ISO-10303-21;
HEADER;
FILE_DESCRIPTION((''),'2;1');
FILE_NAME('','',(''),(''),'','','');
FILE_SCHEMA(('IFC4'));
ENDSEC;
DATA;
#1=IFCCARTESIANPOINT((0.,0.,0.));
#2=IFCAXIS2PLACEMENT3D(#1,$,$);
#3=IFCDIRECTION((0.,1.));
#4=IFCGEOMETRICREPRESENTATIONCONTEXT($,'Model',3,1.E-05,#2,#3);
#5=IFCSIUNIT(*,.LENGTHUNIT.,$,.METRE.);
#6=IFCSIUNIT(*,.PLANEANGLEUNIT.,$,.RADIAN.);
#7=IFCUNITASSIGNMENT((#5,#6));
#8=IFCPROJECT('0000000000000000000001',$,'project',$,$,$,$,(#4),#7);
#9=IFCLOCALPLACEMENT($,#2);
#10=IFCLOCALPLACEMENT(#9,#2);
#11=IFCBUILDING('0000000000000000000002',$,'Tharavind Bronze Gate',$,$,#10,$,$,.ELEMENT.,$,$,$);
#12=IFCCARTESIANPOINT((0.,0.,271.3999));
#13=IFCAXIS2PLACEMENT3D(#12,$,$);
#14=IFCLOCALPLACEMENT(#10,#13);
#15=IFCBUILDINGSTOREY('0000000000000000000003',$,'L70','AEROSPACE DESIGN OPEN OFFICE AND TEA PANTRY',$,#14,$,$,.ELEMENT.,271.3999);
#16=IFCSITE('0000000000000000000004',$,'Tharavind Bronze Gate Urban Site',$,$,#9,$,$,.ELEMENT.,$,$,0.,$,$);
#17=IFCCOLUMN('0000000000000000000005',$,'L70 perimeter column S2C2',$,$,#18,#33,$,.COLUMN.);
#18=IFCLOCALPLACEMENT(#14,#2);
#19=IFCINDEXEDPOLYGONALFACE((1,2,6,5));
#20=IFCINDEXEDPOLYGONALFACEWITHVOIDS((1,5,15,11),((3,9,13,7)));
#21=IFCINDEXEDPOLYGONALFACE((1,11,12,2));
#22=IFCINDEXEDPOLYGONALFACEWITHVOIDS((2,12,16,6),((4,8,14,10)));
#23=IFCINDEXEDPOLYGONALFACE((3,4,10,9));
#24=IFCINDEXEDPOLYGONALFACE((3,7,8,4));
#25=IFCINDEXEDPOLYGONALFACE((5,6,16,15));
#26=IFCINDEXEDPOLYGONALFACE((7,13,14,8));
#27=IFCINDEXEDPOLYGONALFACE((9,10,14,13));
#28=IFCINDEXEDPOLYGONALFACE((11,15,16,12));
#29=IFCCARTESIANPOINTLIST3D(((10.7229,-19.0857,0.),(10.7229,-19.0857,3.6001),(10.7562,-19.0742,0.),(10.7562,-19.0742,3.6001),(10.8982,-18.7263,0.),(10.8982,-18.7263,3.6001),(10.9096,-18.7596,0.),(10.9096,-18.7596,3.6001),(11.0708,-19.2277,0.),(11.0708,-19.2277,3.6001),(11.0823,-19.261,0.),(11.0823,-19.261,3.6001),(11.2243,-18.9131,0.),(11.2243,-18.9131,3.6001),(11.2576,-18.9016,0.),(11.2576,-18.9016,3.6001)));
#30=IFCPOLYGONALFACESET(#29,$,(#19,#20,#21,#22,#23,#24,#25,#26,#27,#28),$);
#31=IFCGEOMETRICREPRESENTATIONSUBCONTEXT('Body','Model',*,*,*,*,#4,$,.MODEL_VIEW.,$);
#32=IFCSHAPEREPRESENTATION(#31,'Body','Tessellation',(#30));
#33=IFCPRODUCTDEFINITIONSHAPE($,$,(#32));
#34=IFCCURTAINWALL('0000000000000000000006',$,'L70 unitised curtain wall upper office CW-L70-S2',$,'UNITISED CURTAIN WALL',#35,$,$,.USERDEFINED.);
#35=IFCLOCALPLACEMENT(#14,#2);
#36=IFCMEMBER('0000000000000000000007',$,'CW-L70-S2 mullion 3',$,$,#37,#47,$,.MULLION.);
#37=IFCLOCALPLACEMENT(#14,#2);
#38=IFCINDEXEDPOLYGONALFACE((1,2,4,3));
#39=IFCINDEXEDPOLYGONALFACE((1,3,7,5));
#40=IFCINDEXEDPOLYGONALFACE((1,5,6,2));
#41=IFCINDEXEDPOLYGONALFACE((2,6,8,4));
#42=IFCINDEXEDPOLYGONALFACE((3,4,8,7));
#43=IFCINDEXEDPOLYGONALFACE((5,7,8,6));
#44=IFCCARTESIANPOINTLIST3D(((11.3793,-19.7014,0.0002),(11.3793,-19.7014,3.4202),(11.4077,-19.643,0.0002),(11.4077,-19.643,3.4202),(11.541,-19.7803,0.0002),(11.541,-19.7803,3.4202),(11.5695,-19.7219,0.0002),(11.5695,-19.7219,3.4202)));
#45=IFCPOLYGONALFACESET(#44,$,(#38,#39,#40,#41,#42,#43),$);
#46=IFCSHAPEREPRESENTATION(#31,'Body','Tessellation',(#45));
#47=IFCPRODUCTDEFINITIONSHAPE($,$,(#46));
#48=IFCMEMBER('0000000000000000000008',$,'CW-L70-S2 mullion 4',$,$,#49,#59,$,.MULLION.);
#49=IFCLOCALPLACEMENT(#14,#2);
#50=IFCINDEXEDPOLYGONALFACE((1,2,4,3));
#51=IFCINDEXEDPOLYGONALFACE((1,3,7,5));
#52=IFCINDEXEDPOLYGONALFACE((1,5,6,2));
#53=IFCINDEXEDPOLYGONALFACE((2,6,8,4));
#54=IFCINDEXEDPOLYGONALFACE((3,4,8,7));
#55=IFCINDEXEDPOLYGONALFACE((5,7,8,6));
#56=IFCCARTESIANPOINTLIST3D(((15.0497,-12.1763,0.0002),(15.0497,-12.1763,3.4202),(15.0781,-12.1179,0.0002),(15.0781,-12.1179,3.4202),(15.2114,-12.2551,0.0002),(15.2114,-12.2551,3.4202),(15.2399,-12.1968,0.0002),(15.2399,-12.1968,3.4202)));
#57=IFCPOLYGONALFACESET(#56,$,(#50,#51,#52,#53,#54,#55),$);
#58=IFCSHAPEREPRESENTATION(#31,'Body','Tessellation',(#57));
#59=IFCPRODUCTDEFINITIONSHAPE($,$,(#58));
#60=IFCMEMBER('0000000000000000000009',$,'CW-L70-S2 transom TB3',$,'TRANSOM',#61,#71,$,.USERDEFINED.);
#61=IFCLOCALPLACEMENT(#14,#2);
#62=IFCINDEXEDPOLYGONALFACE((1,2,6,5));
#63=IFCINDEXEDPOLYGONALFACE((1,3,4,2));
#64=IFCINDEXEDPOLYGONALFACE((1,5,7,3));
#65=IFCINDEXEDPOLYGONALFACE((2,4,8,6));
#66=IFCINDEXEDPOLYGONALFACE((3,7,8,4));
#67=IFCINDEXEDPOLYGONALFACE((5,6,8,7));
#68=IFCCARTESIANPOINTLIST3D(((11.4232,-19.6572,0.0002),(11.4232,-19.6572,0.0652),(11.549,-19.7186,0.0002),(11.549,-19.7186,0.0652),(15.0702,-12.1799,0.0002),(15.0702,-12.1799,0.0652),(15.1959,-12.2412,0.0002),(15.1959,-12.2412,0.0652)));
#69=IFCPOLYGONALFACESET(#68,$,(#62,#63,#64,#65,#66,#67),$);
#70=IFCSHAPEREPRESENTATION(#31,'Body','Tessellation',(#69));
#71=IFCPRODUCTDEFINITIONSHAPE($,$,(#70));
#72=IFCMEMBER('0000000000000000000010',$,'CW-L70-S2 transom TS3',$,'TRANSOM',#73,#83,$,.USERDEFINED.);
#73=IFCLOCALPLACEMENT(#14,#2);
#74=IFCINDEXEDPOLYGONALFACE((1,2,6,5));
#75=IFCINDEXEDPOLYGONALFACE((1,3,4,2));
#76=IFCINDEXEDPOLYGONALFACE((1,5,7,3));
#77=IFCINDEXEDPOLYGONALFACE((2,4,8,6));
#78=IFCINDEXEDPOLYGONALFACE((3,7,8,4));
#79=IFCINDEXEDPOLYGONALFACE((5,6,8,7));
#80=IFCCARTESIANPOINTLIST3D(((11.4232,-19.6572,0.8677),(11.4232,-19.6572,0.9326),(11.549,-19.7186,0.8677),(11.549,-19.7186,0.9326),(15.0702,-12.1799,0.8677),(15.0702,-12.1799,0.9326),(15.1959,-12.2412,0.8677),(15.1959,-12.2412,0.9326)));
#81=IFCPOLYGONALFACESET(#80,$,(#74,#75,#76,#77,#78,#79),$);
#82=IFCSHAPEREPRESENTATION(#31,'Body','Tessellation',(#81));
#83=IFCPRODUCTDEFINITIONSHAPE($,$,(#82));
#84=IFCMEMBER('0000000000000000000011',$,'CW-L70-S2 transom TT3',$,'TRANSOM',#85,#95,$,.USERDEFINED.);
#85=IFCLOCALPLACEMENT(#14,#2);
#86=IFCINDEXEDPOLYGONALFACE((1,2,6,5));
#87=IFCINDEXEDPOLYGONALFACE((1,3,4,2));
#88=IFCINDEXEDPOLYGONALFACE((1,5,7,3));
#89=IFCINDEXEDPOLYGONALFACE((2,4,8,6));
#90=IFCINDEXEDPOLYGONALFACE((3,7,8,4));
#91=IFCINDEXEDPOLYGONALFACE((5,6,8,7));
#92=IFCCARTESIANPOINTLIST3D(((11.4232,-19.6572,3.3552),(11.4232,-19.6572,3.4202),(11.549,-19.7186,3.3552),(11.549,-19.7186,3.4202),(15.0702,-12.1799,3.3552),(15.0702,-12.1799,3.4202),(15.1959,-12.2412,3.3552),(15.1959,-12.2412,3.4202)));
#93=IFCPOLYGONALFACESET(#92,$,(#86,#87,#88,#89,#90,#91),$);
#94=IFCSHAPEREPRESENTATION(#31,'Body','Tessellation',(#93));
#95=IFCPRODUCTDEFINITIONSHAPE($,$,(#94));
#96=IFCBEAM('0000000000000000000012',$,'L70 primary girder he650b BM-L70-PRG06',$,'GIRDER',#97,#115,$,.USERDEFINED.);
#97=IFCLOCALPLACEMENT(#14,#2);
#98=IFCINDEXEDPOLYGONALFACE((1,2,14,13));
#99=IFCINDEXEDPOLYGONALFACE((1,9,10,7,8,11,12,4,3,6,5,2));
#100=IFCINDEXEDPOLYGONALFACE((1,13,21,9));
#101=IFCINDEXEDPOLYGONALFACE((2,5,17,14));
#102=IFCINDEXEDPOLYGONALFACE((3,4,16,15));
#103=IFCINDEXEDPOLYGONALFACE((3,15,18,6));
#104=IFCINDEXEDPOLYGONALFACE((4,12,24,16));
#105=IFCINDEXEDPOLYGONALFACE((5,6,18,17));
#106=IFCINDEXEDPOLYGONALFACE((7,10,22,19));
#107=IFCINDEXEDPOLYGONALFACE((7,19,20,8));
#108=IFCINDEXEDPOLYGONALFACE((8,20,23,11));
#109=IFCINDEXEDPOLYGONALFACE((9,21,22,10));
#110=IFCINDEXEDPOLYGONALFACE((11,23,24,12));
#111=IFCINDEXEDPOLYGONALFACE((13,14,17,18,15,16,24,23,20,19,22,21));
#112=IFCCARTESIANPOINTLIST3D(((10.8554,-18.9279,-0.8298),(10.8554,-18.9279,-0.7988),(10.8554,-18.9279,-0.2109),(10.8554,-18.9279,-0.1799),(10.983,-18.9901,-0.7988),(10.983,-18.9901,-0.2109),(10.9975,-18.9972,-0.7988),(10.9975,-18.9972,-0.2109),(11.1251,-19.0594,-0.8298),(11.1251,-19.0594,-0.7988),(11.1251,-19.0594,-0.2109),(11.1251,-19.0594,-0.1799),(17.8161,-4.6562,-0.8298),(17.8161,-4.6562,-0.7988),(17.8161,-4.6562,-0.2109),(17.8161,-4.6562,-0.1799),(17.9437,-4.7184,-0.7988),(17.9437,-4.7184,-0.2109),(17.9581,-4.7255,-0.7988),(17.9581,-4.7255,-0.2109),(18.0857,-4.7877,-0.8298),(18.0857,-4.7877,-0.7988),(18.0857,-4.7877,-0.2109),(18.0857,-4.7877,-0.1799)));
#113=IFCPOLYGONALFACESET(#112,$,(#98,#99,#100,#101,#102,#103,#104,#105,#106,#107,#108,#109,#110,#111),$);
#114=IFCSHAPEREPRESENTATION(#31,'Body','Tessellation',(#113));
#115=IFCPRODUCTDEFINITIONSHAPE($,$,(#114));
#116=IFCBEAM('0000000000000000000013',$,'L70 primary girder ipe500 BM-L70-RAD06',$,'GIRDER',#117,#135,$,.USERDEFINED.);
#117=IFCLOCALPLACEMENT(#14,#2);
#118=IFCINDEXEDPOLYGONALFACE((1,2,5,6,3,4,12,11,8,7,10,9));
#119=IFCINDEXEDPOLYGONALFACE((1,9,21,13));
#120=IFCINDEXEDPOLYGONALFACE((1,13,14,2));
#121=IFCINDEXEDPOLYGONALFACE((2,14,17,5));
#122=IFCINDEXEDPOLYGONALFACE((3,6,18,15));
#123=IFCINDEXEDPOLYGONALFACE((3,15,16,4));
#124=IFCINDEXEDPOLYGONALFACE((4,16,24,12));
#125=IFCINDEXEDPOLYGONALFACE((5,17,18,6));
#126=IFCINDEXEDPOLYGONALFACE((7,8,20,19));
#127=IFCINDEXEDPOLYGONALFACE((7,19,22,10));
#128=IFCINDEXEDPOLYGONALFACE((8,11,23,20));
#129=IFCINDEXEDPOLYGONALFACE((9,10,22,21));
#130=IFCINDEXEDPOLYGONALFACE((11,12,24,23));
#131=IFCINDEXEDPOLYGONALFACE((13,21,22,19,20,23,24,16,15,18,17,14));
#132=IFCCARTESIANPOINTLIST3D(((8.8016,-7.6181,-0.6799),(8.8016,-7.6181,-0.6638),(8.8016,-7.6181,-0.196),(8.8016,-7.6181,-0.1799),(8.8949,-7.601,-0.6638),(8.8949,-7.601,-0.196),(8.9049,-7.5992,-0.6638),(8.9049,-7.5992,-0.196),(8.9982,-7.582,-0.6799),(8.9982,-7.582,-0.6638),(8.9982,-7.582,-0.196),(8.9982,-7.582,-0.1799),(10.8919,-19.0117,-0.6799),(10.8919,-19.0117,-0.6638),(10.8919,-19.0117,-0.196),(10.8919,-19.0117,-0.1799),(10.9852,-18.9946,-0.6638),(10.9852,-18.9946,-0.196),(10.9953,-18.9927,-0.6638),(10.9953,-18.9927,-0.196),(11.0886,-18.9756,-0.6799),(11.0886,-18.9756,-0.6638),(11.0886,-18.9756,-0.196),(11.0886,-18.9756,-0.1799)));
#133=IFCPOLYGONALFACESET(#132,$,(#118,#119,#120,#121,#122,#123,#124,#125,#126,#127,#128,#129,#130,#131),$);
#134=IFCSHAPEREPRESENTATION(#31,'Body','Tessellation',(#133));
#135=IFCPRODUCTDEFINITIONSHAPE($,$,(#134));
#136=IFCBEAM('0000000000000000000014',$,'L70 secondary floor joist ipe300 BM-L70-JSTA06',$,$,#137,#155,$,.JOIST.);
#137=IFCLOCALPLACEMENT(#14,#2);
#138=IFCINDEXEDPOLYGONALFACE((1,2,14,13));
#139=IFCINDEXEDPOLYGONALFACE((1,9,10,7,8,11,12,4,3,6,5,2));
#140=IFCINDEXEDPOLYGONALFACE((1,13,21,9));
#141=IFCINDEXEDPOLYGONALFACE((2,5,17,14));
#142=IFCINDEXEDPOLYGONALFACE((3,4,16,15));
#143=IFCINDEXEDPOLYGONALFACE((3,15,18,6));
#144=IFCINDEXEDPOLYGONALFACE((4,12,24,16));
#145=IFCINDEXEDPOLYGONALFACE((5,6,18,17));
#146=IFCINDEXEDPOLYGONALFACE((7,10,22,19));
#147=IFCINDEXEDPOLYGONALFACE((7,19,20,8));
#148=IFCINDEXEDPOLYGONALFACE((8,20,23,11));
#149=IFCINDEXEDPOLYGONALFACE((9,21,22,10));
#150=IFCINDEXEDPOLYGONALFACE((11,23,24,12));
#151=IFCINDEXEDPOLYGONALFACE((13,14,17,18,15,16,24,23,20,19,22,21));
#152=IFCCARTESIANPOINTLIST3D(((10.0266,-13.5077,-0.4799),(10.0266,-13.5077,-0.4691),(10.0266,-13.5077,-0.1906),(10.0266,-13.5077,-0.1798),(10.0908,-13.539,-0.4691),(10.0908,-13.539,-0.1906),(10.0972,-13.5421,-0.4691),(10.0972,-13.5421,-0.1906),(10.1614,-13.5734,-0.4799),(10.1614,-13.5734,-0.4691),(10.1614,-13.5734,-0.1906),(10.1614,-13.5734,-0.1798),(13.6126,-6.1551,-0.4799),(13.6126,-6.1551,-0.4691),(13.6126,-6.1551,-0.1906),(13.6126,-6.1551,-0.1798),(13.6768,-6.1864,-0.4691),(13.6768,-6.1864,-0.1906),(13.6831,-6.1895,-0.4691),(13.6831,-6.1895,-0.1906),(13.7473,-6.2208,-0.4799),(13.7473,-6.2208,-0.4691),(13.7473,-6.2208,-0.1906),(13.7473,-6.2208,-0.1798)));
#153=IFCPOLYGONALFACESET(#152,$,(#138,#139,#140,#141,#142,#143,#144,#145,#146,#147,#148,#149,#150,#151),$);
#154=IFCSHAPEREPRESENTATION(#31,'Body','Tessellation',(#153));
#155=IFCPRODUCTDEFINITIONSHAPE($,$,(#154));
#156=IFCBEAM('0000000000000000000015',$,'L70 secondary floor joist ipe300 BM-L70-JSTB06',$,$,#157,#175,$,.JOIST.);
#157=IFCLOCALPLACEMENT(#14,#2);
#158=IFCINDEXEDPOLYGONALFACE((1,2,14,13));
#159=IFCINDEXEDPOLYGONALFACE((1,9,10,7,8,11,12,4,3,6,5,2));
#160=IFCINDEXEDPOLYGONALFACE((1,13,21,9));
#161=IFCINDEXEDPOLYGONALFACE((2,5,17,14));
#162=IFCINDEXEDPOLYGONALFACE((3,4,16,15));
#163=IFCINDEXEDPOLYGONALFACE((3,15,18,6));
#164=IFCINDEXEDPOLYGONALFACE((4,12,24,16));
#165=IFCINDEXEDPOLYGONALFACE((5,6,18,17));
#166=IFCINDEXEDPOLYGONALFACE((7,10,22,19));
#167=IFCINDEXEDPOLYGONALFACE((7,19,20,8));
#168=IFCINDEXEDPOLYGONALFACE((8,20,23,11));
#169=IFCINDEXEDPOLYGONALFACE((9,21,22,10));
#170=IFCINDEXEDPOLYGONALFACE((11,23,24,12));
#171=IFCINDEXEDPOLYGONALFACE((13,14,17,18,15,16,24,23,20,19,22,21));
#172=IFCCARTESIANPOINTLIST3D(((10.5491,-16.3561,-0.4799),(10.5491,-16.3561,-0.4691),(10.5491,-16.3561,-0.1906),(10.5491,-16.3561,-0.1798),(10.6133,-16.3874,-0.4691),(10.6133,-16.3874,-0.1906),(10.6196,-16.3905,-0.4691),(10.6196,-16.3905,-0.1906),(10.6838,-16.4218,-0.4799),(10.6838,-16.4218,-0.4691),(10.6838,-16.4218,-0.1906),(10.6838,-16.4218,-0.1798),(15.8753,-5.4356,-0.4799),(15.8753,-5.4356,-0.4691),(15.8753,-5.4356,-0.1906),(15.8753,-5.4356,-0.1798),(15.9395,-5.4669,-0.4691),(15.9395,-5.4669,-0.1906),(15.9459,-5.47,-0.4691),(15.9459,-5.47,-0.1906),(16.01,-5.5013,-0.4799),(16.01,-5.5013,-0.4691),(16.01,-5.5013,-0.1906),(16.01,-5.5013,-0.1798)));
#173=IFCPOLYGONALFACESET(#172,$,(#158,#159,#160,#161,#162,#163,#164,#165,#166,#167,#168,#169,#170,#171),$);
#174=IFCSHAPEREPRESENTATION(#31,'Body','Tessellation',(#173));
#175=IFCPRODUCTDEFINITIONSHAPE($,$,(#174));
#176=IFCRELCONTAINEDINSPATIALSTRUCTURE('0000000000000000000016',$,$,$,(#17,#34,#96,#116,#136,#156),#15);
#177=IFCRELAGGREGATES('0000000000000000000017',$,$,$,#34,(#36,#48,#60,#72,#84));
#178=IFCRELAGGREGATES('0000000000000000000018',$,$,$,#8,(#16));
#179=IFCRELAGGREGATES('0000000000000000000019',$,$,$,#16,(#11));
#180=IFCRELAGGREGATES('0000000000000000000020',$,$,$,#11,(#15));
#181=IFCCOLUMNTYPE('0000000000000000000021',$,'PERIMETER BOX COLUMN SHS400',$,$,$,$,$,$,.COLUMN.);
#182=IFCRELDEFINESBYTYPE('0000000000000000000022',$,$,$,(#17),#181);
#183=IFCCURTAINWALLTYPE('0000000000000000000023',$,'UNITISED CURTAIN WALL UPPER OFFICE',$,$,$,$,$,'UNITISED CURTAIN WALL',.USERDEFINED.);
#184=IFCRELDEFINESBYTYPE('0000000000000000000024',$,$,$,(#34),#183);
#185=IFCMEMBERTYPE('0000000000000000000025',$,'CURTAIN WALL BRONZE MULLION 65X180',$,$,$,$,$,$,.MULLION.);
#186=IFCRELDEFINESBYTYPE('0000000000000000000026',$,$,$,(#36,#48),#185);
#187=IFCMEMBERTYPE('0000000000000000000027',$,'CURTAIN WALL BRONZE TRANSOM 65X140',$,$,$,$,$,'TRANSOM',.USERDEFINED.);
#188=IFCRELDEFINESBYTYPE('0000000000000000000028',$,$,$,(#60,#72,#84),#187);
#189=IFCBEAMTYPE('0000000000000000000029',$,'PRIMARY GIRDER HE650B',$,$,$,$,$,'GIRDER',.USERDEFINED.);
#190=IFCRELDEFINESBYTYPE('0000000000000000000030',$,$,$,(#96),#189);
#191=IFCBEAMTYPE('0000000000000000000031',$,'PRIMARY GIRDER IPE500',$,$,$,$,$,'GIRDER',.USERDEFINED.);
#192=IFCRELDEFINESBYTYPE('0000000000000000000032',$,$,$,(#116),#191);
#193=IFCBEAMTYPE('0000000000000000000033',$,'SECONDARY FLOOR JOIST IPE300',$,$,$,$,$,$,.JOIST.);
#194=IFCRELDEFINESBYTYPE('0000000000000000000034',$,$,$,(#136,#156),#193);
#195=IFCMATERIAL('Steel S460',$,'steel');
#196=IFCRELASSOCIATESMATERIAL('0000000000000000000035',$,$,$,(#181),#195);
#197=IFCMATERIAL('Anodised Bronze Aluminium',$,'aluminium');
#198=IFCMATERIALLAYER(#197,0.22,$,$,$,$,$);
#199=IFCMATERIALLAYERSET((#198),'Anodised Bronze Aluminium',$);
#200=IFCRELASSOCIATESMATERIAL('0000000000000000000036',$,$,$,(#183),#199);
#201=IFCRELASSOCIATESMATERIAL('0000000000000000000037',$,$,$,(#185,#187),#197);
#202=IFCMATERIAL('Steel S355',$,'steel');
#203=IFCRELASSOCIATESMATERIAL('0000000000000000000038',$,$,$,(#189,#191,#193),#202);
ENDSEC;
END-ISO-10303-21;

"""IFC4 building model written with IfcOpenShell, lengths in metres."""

from ifc_helpers import new_model, si_unit, direction, frame, origin, origin_2d, place, context, subcontext, project, spatial, rectangle, hollow_rectangle, i_section, extrude, material, layer, layer_set, material_profile, profile_set, type_object, element, aggregate, save


model = new_model("IFC4")

# Units and contexts
model_context = context("Model", 3, precision=1e-05, world=origin(), true_north=direction((0.0, 1.0)))
body_context = subcontext(model_context, "Body", "Model", "MODEL_VIEW")
ifc_project = project(units=[si_unit("LENGTHUNIT", "METRE"), si_unit("PLANEANGLEUNIT", "RADIAN")], contexts=[model_context])

# Site, building, storey
site_placement = place(None, origin())
site = spatial("IfcSite", under=ifc_project, at=site_placement, Name="Tharavind Bronze Gate Urban Site", CompositionType="ELEMENT", RefElevation=0.0)
building_placement = place(site_placement, origin())
building = spatial("IfcBuilding", under=site, at=building_placement, Name="Tharavind Bronze Gate", CompositionType="ELEMENT")
storey_placement = place(building_placement, frame((0.0, 0.0, 271.3999)))
storey = spatial("IfcBuildingStorey", under=building, at=storey_placement, Name="L70", Description="AEROSPACE DESIGN OPEN OFFICE AND TEA PANTRY", CompositionType="ELEMENT", Elevation=271.3999)

# Column
ifc_material_1 = material(Name="Steel S460", Category="steel")
ifc_material_profile_1 = material_profile(ifc_material_1, hollow_rectangle(XDim=0.3999, YDim=0.3999, WallThickness=0.0249, at=origin_2d()), Name="SHS400X25")
ifc_profile_set_1 = profile_set([ifc_material_profile_1], Name="Steel S460")
column_type = type_object("IfcColumnType", Name="PERIMETER BOX COLUMN SHS400", PredefinedType="COLUMN", material=ifc_profile_set_1)
column_placement = place(storey_placement, frame((10.9902, -18.9937, 0.0), z_axis=(0.0, 0.0, 1.0), x_axis=(0.438373, 0.898793, 0.0)))
element("IfcColumn", 1, at=column_placement, inside=storey, type_object=column_type, Name="L70 perimeter column S2C2", PredefinedType="COLUMN", context=body_context, shape_type="SweptSolid", body=[
    extrude(hollow_rectangle(XDim=0.3999, YDim=0.3999, WallThickness=0.0249, at=origin_2d()), origin(), (0.0, 0.0, 1.0), 3.6001),
])

# Curtain wall, members
ifc_material_2 = material(Name="Anodised Bronze Aluminium", Category="aluminium")
ifc_layer_1 = layer(ifc_material_2, 0.22)
ifc_layer_set_1 = layer_set([ifc_layer_1], Name="Anodised Bronze Aluminium")
curtain_wall_type = type_object("IfcCurtainWallType", Name="UNITISED CURTAIN WALL UPPER OFFICE", ElementType="UNITISED CURTAIN WALL", PredefinedType="USERDEFINED", material=ifc_layer_set_1)
curtain_wall_placement = place(storey_placement, origin())
curtain_wall = element("IfcCurtainWall", 2, at=curtain_wall_placement, inside=storey, type_object=curtain_wall_type, Name="L70 unitised curtain wall upper office CW-L70-S2", ObjectType="UNITISED CURTAIN WALL", PredefinedType="USERDEFINED")
member_type_1 = type_object("IfcMemberType", Name="CURTAIN WALL BRONZE MULLION 65X180", PredefinedType="MULLION", material=ifc_material_2)
member_1_placement = place(storey_placement, frame((11.4744, -19.7117, 0.0002), z_axis=(0.0, 0.0, 1.0), x_axis=(0.438373, 0.898793, 0.0)))
member_1 = element("IfcMember", 3, at=member_1_placement, type_object=member_type_1, Name="CW-L70-S2 mullion 3", PredefinedType="MULLION", context=body_context, shape_type="SweptSolid", body=[
    extrude(rectangle(XDim=0.0649, YDim=0.1799, at=origin_2d()), origin(), (0.0, 0.0, 1.0), 3.4199),
])
member_2_placement = place(storey_placement, frame((15.1448, -12.1865, 0.0002), z_axis=(0.0, 0.0, 1.0), x_axis=(0.438373, 0.898793, 0.0)))
member_2 = element("IfcMember", 4, at=member_2_placement, type_object=member_type_1, Name="CW-L70-S2 mullion 4", PredefinedType="MULLION", context=body_context, shape_type="SweptSolid", body=[
    extrude(rectangle(XDim=0.0649, YDim=0.1799, at=origin_2d()), origin(), (0.0, 0.0, 1.0), 3.4199),
])
member_type_2 = type_object("IfcMemberType", Name="CURTAIN WALL BRONZE TRANSOM 65X140", ElementType="TRANSOM", PredefinedType="USERDEFINED", material=ifc_material_2)
member_3_placement = place(storey_placement, frame((13.3096, -15.9492, 0.0002), z_axis=(0.0, 0.0, 1.0), x_axis=(0.438373, 0.898793, 0.0)))
member_3 = element("IfcMember", 5, at=member_3_placement, type_object=member_type_2, Name="CW-L70-S2 transom TB3", ObjectType="TRANSOM", PredefinedType="USERDEFINED", context=body_context, shape_type="SweptSolid", body=[
    extrude(rectangle(XDim=8.3193, YDim=0.1399, at=origin_2d()), origin(), (0.0, 0.0, 1.0), 0.0649),
])
member_4_placement = place(storey_placement, frame((13.3096, -15.9492, 0.8677), z_axis=(0.0, 0.0, 1.0), x_axis=(0.438373, 0.898793, 0.0)))
member_4 = element("IfcMember", 6, at=member_4_placement, type_object=member_type_2, Name="CW-L70-S2 transom TS3", ObjectType="TRANSOM", PredefinedType="USERDEFINED", context=body_context, shape_type="SweptSolid", body=[
    extrude(rectangle(XDim=8.3193, YDim=0.1399, at=origin_2d()), origin(), (0.0, 0.0, 1.0), 0.0649),
])
member_5_placement = place(storey_placement, frame((13.3096, -15.9492, 3.3552), z_axis=(0.0, 0.0, 1.0), x_axis=(0.438373, 0.898793, 0.0)))
member_5 = element("IfcMember", 7, at=member_5_placement, type_object=member_type_2, Name="CW-L70-S2 transom TT3", ObjectType="TRANSOM", PredefinedType="USERDEFINED", context=body_context, shape_type="SweptSolid", body=[
    extrude(rectangle(XDim=8.3193, YDim=0.1399, at=origin_2d()), origin(), (0.0, 0.0, 1.0), 0.0649),
])

# Beams
ifc_material_3 = material(Name="Steel S355", Category="steel")
ifc_material_profile_2 = material_profile(ifc_material_3, i_section(OverallWidth=0.3, OverallDepth=0.6499, WebThickness=0.0161, FlangeThickness=0.031, at=origin_2d()), Name="HE650B")
ifc_profile_set_2 = profile_set([ifc_material_profile_2], Name="Steel S355")
beam_type_1 = type_object("IfcBeamType", Name="PRIMARY GIRDER HE650B", ElementType="GIRDER", PredefinedType="USERDEFINED", material=ifc_profile_set_2)
beam_1_placement = place(storey_placement, frame((10.9902, -18.9937, -0.5049), z_axis=(0.438366, 0.898796, 0.0), x_axis=(-0.898796, 0.438366, 0.0)))
element("IfcBeam", 8, at=beam_1_placement, inside=storey, type_object=beam_type_1, Name="L70 primary girder he650b BM-L70-PRG06", ObjectType="GIRDER", PredefinedType="USERDEFINED", context=body_context, shape_type="SweptSolid", body=[
    extrude(i_section(OverallWidth=0.3, OverallDepth=0.6499, WebThickness=0.0161, FlangeThickness=0.031, at=origin_2d()), origin(), (0.0, 0.0, 1.0), 15.8787),
])
ifc_material_profile_3 = material_profile(ifc_material_3, i_section(OverallWidth=0.2, OverallDepth=0.5, WebThickness=0.0103, FlangeThickness=0.0161, at=origin_2d()), Name="IPE500")
ifc_profile_set_3 = profile_set([ifc_material_profile_3], Name="Steel S355")
beam_type_2 = type_object("IfcBeamType", Name="PRIMARY GIRDER IPE500", ElementType="GIRDER", PredefinedType="USERDEFINED", material=ifc_profile_set_3)
beam_2_placement = place(storey_placement, frame((10.9902, -18.9937, -0.4299), z_axis=(-0.180454, 0.983583, 0.0), x_axis=(-0.983583, -0.180454, 0.0)))
element("IfcBeam", 9, at=beam_2_placement, inside=storey, type_object=beam_type_2, Name="L70 primary girder ipe500 BM-L70-RAD06", ObjectType="GIRDER", PredefinedType="USERDEFINED", context=body_context, shape_type="SweptSolid", body=[
    extrude(i_section(OverallWidth=0.2, OverallDepth=0.5, WebThickness=0.0103, FlangeThickness=0.0161, at=origin_2d()), origin(), (0.0, 0.0, 1.0), 11.5837),
])
ifc_material_profile_4 = material_profile(ifc_material_3, i_section(OverallWidth=0.1499, OverallDepth=0.3, WebThickness=0.0071, FlangeThickness=0.0107, at=origin_2d()), Name="IPE300")
ifc_profile_set_4 = profile_set([ifc_material_profile_4], Name="Steel S355")
beam_type_3 = type_object("IfcBeamType", Name="SECONDARY FLOOR JOIST IPE300", PredefinedType="JOIST", material=ifc_profile_set_4)
beam_3_placement = place(storey_placement, frame((10.094, -13.5405, -0.3298), z_axis=(0.438358, 0.898801, 0.0), x_axis=(-0.898801, 0.438358, 0.0)))
element("IfcBeam", 10, at=beam_3_placement, inside=storey, type_object=beam_type_3, Name="L70 secondary floor joist ipe300 BM-L70-JSTA06", PredefinedType="JOIST", context=body_context, shape_type="SweptSolid", body=[
    extrude(i_section(OverallWidth=0.1499, OverallDepth=0.3, WebThickness=0.0071, FlangeThickness=0.0107, at=origin_2d()), origin(), (0.0, 0.0, 1.0), 8.1804),
])
beam_4_placement = place(storey_placement, frame((10.6165, -16.3889, -0.3298), z_axis=(0.438367, 0.898796, 0.0), x_axis=(-0.898796, 0.438367, 0.0)))
element("IfcBeam", 11, at=beam_4_placement, inside=storey, type_object=beam_type_3, Name="L70 secondary floor joist ipe300 BM-L70-JSTB06", PredefinedType="JOIST", context=body_context, shape_type="SweptSolid", body=[
    extrude(i_section(OverallWidth=0.1499, OverallDepth=0.3, WebThickness=0.0071, FlangeThickness=0.0107, at=origin_2d()), origin(), (0.0, 0.0, 1.0), 12.1501),
])

aggregate(curtain_wall, [member_1, member_2, member_3, member_4, member_5])

save(model, "model.ifc")
